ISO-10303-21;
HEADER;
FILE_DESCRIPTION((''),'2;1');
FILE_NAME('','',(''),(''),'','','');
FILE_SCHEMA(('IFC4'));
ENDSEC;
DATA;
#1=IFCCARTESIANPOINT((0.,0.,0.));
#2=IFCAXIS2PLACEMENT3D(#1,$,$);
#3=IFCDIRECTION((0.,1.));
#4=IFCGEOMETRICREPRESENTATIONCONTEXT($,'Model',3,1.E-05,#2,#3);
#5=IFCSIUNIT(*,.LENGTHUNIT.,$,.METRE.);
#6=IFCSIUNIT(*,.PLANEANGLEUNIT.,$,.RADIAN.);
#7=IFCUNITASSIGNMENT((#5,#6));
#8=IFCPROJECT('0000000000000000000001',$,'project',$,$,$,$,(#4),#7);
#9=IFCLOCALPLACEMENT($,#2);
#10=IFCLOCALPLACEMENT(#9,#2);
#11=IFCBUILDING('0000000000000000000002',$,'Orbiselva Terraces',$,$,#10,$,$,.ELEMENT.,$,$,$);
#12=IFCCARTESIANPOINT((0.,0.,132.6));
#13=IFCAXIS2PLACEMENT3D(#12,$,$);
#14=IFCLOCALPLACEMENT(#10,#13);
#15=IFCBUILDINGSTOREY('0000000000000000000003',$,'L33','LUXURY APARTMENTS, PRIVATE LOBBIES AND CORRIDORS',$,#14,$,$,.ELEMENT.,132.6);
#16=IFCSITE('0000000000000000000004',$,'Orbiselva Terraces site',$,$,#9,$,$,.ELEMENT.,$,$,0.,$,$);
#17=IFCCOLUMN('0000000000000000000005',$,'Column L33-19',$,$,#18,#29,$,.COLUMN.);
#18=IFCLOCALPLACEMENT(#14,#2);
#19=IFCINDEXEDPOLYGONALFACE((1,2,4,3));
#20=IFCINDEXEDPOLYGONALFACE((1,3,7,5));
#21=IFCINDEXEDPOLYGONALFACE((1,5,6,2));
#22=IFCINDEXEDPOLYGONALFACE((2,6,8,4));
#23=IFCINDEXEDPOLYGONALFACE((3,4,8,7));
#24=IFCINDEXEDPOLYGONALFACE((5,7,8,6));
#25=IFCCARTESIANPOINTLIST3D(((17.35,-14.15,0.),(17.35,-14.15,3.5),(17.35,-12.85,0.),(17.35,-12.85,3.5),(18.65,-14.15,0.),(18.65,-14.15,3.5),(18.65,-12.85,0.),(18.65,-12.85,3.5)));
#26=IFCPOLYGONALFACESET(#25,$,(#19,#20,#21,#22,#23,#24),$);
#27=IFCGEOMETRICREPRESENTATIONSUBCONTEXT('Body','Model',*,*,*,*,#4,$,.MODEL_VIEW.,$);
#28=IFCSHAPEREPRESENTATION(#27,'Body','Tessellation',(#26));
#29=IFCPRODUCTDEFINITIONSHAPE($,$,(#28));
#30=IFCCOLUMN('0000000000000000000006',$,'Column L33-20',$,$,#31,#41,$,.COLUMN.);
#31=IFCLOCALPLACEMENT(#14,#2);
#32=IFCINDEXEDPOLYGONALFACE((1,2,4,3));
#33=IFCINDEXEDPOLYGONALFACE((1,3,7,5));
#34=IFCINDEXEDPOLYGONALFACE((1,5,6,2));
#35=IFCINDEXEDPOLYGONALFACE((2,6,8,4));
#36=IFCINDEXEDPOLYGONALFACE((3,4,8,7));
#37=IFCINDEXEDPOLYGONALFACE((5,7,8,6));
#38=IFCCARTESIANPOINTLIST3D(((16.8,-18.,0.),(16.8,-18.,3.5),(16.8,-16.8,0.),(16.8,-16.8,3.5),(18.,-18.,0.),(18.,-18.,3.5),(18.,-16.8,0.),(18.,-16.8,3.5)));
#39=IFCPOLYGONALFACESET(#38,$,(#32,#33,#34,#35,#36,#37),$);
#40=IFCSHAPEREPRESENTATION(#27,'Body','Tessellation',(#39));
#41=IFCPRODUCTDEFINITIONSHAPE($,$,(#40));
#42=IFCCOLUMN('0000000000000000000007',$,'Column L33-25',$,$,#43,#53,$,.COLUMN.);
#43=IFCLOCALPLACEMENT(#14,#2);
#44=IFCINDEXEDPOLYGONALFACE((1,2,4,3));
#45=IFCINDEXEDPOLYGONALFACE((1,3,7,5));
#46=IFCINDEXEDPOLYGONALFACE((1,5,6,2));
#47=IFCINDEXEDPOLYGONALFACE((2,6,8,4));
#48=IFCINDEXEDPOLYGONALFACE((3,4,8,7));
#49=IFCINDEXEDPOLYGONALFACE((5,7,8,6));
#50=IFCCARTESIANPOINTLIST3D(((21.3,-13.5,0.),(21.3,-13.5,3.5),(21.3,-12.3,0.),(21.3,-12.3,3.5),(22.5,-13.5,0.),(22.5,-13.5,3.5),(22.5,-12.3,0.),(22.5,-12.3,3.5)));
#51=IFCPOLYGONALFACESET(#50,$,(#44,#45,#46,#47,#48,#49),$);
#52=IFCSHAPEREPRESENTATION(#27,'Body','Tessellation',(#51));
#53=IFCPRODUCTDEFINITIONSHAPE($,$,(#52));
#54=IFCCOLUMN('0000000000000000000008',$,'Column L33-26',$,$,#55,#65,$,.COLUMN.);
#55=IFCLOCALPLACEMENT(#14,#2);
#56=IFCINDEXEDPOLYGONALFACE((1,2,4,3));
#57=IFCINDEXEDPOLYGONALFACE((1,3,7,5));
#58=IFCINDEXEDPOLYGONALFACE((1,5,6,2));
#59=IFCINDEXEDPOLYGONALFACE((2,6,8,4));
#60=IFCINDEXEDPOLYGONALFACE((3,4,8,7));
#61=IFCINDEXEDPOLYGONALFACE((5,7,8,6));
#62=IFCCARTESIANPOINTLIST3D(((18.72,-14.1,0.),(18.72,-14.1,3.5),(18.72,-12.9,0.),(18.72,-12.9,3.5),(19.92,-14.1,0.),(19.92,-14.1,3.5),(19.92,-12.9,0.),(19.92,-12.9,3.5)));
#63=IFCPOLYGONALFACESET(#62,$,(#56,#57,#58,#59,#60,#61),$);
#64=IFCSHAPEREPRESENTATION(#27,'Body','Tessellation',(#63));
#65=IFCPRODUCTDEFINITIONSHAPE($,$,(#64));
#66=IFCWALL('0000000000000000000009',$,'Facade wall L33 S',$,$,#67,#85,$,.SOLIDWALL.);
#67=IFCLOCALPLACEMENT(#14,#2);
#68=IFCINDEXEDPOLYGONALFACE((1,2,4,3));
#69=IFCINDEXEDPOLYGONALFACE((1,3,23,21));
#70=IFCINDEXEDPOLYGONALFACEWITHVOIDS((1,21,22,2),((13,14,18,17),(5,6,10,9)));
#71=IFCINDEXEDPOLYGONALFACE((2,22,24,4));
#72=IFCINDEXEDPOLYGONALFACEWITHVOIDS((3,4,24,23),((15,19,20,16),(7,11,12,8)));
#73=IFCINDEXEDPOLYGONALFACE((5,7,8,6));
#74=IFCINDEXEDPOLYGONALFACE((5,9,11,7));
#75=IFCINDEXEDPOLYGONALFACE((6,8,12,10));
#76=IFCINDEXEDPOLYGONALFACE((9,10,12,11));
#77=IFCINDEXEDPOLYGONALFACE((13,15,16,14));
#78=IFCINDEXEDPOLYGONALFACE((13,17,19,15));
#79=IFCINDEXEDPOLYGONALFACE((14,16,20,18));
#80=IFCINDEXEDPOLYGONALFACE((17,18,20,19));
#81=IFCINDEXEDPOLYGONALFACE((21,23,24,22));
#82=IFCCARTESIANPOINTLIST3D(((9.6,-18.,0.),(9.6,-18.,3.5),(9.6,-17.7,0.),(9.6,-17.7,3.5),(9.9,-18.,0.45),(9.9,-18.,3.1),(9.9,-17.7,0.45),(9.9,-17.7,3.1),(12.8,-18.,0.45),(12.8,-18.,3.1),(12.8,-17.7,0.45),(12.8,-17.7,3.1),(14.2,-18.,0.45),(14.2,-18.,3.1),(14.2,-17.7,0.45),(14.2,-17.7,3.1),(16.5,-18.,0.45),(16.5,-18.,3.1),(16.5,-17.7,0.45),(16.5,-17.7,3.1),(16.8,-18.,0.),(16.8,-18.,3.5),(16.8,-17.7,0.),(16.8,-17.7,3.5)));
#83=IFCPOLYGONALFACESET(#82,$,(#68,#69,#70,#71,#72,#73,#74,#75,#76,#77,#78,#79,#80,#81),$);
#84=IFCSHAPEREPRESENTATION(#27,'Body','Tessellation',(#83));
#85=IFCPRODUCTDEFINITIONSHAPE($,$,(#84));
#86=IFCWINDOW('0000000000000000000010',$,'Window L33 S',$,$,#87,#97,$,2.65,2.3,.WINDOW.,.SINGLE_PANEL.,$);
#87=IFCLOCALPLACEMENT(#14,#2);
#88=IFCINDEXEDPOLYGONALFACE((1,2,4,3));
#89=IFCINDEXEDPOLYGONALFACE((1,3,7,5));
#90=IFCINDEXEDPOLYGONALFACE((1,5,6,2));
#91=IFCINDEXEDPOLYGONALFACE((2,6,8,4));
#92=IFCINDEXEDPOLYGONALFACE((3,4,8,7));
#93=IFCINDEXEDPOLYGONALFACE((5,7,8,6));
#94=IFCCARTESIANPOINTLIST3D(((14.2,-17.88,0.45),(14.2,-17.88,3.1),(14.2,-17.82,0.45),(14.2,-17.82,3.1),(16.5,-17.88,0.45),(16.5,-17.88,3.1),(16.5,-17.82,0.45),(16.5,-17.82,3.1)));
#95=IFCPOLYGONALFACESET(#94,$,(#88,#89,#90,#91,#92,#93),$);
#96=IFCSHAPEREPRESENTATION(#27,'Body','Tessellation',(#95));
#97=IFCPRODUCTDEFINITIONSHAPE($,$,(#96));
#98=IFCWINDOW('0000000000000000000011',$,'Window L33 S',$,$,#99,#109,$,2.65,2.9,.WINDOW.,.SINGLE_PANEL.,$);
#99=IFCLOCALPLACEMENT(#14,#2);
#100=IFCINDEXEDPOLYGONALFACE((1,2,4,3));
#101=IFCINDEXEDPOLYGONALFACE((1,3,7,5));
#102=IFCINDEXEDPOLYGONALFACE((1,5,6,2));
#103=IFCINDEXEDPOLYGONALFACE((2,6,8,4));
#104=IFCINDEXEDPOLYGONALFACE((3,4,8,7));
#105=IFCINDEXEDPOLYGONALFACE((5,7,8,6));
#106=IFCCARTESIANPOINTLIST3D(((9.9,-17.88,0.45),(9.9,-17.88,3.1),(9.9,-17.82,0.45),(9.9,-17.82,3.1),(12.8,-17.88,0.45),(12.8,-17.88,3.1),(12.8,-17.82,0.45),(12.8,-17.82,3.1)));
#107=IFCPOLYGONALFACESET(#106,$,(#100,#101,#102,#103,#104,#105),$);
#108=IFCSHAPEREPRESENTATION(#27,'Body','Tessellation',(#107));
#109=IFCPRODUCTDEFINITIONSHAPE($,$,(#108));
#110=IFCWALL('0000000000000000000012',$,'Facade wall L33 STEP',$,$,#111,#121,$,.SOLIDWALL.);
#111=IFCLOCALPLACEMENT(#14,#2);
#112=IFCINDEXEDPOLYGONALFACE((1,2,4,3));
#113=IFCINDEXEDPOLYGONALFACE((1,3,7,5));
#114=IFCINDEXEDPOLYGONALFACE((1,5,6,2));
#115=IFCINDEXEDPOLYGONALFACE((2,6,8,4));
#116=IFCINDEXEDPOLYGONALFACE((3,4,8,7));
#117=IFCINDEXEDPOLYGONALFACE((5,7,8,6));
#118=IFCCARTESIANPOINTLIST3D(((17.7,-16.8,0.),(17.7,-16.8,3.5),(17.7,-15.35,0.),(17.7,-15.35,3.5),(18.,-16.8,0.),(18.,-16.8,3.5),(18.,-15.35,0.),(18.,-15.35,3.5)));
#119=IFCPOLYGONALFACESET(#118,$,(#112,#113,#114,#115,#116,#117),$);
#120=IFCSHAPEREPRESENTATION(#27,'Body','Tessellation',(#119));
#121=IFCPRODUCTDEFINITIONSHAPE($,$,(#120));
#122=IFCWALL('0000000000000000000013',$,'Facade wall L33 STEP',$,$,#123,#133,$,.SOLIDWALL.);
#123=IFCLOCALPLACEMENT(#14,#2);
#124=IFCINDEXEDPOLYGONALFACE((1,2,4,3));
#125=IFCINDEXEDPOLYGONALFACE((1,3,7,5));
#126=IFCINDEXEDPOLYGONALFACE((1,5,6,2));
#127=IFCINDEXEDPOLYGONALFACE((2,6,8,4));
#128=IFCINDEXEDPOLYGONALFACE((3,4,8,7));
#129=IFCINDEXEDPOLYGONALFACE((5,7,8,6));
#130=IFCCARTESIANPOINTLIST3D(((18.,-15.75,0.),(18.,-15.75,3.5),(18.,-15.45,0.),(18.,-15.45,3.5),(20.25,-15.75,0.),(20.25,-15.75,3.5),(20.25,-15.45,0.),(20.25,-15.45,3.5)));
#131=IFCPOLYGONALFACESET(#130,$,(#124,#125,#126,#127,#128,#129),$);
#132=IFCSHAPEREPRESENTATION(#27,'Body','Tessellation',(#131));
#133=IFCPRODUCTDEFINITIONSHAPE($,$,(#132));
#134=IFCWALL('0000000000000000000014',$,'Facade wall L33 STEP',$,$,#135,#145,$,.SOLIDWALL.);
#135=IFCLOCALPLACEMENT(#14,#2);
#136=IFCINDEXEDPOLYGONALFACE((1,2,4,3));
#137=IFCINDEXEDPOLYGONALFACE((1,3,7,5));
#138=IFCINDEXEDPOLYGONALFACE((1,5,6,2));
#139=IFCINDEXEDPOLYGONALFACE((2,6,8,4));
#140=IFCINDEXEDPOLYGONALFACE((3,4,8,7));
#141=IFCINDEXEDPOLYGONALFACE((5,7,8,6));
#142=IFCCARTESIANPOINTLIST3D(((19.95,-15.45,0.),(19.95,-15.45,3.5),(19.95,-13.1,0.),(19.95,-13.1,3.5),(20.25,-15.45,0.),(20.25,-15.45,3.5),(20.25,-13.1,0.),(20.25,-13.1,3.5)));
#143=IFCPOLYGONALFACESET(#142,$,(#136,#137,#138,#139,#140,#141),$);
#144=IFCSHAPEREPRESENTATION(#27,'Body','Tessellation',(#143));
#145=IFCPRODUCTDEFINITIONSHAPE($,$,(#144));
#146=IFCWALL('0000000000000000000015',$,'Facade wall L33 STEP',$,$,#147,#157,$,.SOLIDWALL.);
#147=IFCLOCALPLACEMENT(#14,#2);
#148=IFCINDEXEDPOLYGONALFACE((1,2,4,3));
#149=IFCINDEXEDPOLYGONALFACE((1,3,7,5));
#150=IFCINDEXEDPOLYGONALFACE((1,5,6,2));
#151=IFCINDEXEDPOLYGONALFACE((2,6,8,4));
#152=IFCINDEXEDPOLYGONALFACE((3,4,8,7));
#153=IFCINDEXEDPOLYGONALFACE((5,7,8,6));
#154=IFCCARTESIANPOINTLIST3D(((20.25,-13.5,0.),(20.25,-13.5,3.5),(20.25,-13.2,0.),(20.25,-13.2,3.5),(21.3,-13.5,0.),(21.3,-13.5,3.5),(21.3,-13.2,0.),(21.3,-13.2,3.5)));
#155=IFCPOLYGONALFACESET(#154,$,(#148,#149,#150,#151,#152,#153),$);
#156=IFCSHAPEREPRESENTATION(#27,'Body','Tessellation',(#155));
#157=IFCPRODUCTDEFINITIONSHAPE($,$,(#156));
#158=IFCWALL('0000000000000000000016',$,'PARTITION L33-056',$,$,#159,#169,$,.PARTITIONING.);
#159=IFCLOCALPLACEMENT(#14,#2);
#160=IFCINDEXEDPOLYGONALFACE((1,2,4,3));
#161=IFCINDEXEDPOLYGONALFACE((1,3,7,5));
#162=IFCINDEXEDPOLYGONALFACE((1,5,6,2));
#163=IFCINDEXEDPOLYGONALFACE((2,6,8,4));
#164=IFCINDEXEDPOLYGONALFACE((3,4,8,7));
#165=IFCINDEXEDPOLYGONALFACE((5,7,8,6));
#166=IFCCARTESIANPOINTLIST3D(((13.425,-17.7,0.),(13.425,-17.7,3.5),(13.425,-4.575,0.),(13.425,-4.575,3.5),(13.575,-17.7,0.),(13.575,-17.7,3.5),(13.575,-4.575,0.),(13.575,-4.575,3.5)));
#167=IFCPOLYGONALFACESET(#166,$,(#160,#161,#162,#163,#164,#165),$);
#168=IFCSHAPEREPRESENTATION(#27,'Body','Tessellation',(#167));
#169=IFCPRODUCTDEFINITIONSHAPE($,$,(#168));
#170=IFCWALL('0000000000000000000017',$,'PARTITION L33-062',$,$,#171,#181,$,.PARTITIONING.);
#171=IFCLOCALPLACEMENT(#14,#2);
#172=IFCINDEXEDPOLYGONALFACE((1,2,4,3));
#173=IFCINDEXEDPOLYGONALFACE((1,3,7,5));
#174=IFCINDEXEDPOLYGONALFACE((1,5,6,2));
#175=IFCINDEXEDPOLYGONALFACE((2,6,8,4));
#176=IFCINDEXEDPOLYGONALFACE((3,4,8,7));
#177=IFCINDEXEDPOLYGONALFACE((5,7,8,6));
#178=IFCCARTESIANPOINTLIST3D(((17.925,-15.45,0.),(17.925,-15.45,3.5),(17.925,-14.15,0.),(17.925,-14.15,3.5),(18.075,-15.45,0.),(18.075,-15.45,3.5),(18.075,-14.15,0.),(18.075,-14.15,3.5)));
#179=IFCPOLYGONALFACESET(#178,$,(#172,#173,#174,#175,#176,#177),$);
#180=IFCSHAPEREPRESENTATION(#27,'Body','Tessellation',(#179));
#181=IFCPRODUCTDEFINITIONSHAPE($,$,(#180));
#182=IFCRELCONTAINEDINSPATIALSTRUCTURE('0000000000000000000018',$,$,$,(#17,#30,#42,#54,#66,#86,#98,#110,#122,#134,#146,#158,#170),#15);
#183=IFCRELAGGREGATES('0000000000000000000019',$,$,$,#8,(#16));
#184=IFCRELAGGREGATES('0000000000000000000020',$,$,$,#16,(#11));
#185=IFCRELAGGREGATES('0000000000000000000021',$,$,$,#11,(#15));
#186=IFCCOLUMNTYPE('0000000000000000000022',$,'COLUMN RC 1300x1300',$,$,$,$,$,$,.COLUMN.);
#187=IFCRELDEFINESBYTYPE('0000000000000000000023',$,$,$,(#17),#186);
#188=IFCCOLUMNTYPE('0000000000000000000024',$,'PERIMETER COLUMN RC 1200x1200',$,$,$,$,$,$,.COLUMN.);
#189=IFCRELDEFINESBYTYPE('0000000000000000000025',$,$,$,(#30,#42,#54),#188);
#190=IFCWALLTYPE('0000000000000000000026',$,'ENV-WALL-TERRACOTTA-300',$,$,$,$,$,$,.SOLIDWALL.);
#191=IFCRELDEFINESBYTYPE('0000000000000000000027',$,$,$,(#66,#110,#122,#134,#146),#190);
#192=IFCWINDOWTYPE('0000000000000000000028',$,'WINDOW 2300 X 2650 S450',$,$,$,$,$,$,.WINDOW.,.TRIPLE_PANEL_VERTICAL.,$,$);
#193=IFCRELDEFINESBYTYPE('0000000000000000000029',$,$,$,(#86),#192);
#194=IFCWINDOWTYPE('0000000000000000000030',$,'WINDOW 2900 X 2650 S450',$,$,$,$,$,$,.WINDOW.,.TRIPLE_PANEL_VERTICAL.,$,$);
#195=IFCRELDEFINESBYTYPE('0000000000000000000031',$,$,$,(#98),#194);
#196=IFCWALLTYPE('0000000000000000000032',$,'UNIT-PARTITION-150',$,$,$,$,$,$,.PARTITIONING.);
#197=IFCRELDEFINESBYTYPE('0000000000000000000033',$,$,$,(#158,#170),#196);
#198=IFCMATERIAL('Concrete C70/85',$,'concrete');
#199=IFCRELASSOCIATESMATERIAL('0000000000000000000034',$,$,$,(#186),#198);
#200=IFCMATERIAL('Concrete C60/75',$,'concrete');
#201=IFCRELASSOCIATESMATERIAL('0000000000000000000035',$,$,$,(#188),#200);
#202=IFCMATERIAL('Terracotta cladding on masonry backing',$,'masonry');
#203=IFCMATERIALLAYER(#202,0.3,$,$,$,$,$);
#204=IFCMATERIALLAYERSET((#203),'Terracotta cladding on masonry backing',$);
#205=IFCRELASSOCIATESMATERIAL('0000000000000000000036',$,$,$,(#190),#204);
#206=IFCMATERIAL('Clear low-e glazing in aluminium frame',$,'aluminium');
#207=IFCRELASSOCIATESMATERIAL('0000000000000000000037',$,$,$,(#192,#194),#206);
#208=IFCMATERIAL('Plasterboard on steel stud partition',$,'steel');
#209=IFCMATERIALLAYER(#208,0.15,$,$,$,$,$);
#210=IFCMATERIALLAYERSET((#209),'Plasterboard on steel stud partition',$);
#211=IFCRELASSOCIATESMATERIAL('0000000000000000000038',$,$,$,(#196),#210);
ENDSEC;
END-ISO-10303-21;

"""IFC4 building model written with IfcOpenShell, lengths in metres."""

from ifc_helpers import new_model, si_unit, direction, frame, frame_2d, origin, origin_2d, place, context, subcontext, project, spatial, rectangle, extrude, material, layer, layer_set, material_profile, profile_set, type_object, element, fill, save


model = new_model("IFC4")

# Units and contexts
model_context = context("Model", 3, precision=1e-05, world=origin(), true_north=direction((0.0, 1.0)))
body_context = subcontext(model_context, "Body", "Model", "MODEL_VIEW")
ifc_project = project(units=[si_unit("LENGTHUNIT", "METRE"), si_unit("PLANEANGLEUNIT", "RADIAN")], contexts=[model_context])

# Site, building, storey
site_placement = place(None, origin())
site = spatial("IfcSite", under=ifc_project, at=site_placement, Name="Orbiselva Terraces site", CompositionType="ELEMENT", RefElevation=0.0)
building_placement = place(site_placement, origin())
building = spatial("IfcBuilding", under=site, at=building_placement, Name="Orbiselva Terraces", CompositionType="ELEMENT")
storey_placement = place(building_placement, frame((0.0, 0.0, 132.6)))
storey = spatial("IfcBuildingStorey", under=building, at=storey_placement, Name="L33", Description="LUXURY APARTMENTS, PRIVATE LOBBIES AND CORRIDORS", CompositionType="ELEMENT", Elevation=132.6)

# Columns
ifc_material_1 = material(Name="Concrete C70/85", Category="concrete")
ifc_material_profile_1 = material_profile(ifc_material_1, rectangle(XDim=1.3, YDim=1.3, at=origin_2d()), Name="RC 1300x1300")
ifc_profile_set_1 = profile_set([ifc_material_profile_1], Name="Concrete C70/85")
column_type_1 = type_object("IfcColumnType", Name="COLUMN RC 1300x1300", PredefinedType="COLUMN", material=ifc_profile_set_1)
column_placement = place(storey_placement, frame((18.0, -13.5, 0.0), z_axis=(0.0, 0.0, 1.0), x_axis=(1.0, 0.0, 0.0)))
element("IfcColumn", 1, at=column_placement, inside=storey, type_object=column_type_1, Name="Column L33-19", PredefinedType="COLUMN", context=body_context, shape_type="SweptSolid", body=[
    extrude(rectangle(XDim=1.3, YDim=1.3, at=origin_2d()), origin(), (0.0, 0.0, 1.0), 3.5),
])
ifc_material_2 = material(Name="Concrete C60/75", Category="concrete")
ifc_material_profile_2 = material_profile(ifc_material_2, rectangle(XDim=1.2, YDim=1.2, at=origin_2d()), Name="RC 1200x1200")
ifc_profile_set_2 = profile_set([ifc_material_profile_2], Name="Concrete C60/75")
column_type_2 = type_object("IfcColumnType", Name="PERIMETER COLUMN RC 1200x1200", PredefinedType="COLUMN", material=ifc_profile_set_2)
for number, where, z_axis, x_axis, name in (
    (2, (17.4, -17.4, 0.0), (0.0, 0.0, 1.0), (1.0, 0.0, 0.0), "Column L33-20"),
    (3, (21.9, -12.9, 0.0), (0.0, 0.0, 1.0), (1.0, 0.0, 0.0), "Column L33-25"),
    (4, (19.32, -13.5, 0.0), (0.0, 0.0, 1.0), (1.0, 0.0, 0.0), "Column L33-26"),
):
    element("IfcColumn", number, at=place(storey_placement, frame(where, z_axis=z_axis, x_axis=x_axis)), inside=storey, type_object=column_type_2, Name=name, PredefinedType="COLUMN", context=body_context, shape_type="SweptSolid", body=[
        extrude(rectangle(XDim=1.2, YDim=1.2, at=origin_2d()), origin(), (0.0, 0.0, 1.0), 3.5),
    ])

# Wall, openings, windows
ifc_material_3 = material(Name="Terracotta cladding on masonry backing", Category="masonry")
ifc_layer_1 = layer(ifc_material_3, 0.3)
ifc_layer_set_1 = layer_set([ifc_layer_1], Name="Terracotta cladding on masonry backing")
wall_type_1 = type_object("IfcWallType", Name="ENV-WALL-TERRACOTTA-300", PredefinedType="SOLIDWALL", material=ifc_layer_set_1)
wall_1_placement = place(storey_placement, frame((16.8, -17.85, 0.0), z_axis=(0.0, 0.0, 1.0), x_axis=(-1.0, 0.0, 0.0)))
wall_1 = element("IfcWall", 5, at=wall_1_placement, inside=storey, type_object=wall_type_1, Name="Facade wall L33 S", PredefinedType="SOLIDWALL", context=body_context, shape_type="SweptSolid", body=[
    extrude(rectangle(XDim=7.2, YDim=0.3, at=frame_2d((3.6, 0.0))), origin(), (0.0, 0.0, 1.0), 3.5),
])
opening_1_placement = place(wall_1_placement, frame((4.0, 0.0, 0.45)))
opening_1 = element("IfcOpeningElement", 6, at=opening_1_placement, cuts=wall_1, PredefinedType="OPENING", context=body_context, shape_type="SweptSolid", body=[
    extrude(rectangle(XDim=2.9, YDim=2.65, at=frame_2d((1.45, 1.325))), frame((0.0, 0.16, 0.0), z_axis=(0.0, -1.0, 0.0), x_axis=(1.0, 0.0, 0.0)), (0.0, 0.0, 1.0), 0.32),
])
opening_2_placement = place(wall_1_placement, frame((0.3, 0.0, 0.45)))
opening_2 = element("IfcOpeningElement", 7, at=opening_2_placement, cuts=wall_1, PredefinedType="OPENING", context=body_context, shape_type="SweptSolid", body=[
    extrude(rectangle(XDim=2.3, YDim=2.65, at=frame_2d((1.15, 1.325))), frame((0.0, 0.16, 0.0), z_axis=(0.0, -1.0, 0.0), x_axis=(1.0, 0.0, 0.0)), (0.0, 0.0, 1.0), 0.32),
])
ifc_material_4 = material(Name="Clear low-e glazing in aluminium frame", Category="aluminium")
window_type_1 = type_object("IfcWindowType", Name="WINDOW 2300 X 2650 S450", PartitioningType="TRIPLE_PANEL_VERTICAL", PredefinedType="WINDOW", material=ifc_material_4)
window_1_placement = place(opening_2_placement, origin())
window_1 = element("IfcWindow", 8, at=window_1_placement, inside=storey, type_object=window_type_1, Name="Window L33 S", OverallHeight=2.65, OverallWidth=2.3, PartitioningType="SINGLE_PANEL", PredefinedType="WINDOW", context=body_context, shape_type="SweptSolid", body=[
    extrude(rectangle(XDim=2.3, YDim=2.65, at=frame_2d((1.15, 1.325))), frame((0.0, 0.03, 0.0), z_axis=(0.0, -1.0, 0.0), x_axis=(1.0, 0.0, 0.0)), (0.0, 0.0, 1.0), 0.06),
])
fill(opening_2, window_1)
window_type_2 = type_object("IfcWindowType", Name="WINDOW 2900 X 2650 S450", PartitioningType="TRIPLE_PANEL_VERTICAL", PredefinedType="WINDOW", material=ifc_material_4)
window_2_placement = place(opening_1_placement, origin())
window_2 = element("IfcWindow", 9, at=window_2_placement, inside=storey, type_object=window_type_2, Name="Window L33 S", OverallHeight=2.65, OverallWidth=2.9, PartitioningType="SINGLE_PANEL", PredefinedType="WINDOW", context=body_context, shape_type="SweptSolid", body=[
    extrude(rectangle(XDim=2.9, YDim=2.65, at=frame_2d((1.45, 1.325))), frame((0.0, 0.03, 0.0), z_axis=(0.0, -1.0, 0.0), x_axis=(1.0, 0.0, 0.0)), (0.0, 0.0, 1.0), 0.06),
])
fill(opening_1, window_2)

# Walls
wall_2_placement = place(storey_placement, frame((17.85, -15.35, 0.0), z_axis=(0.0, 0.0, 1.0), x_axis=(0.0, -1.0, 0.0)))
element("IfcWall", 10, at=wall_2_placement, inside=storey, type_object=wall_type_1, Name="Facade wall L33 STEP", PredefinedType="SOLIDWALL", context=body_context, shape_type="SweptSolid", body=[
    extrude(rectangle(XDim=1.45, YDim=0.3, at=frame_2d((0.725, 0.0))), origin(), (0.0, 0.0, 1.0), 3.5),
])
wall_3_placement = place(storey_placement, frame((20.25, -15.6, 0.0), z_axis=(0.0, 0.0, 1.0), x_axis=(-1.0, 0.0, 0.0)))
element("IfcWall", 11, at=wall_3_placement, inside=storey, type_object=wall_type_1, Name="Facade wall L33 STEP", PredefinedType="SOLIDWALL", context=body_context, shape_type="SweptSolid", body=[
    extrude(rectangle(XDim=2.25, YDim=0.3, at=frame_2d((1.125, 0.0))), origin(), (0.0, 0.0, 1.0), 3.5),
])
wall_4_placement = place(storey_placement, frame((20.1, -13.1, 0.0), z_axis=(0.0, 0.0, 1.0), x_axis=(0.0, -1.0, 0.0)))
element("IfcWall", 12, at=wall_4_placement, inside=storey, type_object=wall_type_1, Name="Facade wall L33 STEP", PredefinedType="SOLIDWALL", context=body_context, shape_type="SweptSolid", body=[
    extrude(rectangle(XDim=2.35, YDim=0.3, at=frame_2d((1.175, 0.0))), origin(), (0.0, 0.0, 1.0), 3.5),
])
wall_5_placement = place(storey_placement, frame((21.3, -13.35, 0.0), z_axis=(0.0, 0.0, 1.0), x_axis=(-1.0, 0.0, 0.0)))
element("IfcWall", 13, at=wall_5_placement, inside=storey, type_object=wall_type_1, Name="Facade wall L33 STEP", PredefinedType="SOLIDWALL", context=body_context, shape_type="SweptSolid", body=[
    extrude(rectangle(XDim=1.05, YDim=0.3, at=frame_2d((0.525, 0.0))), origin(), (0.0, 0.0, 1.0), 3.5),
])
ifc_material_5 = material(Name="Plasterboard on steel stud partition", Category="steel")
ifc_layer_2 = layer(ifc_material_5, 0.15)
ifc_layer_set_2 = layer_set([ifc_layer_2], Name="Plasterboard on steel stud partition")
wall_type_2 = type_object("IfcWallType", Name="UNIT-PARTITION-150", PredefinedType="PARTITIONING", material=ifc_layer_set_2)
wall_6_placement = place(storey_placement, frame((13.5, -17.7, 0.0), z_axis=(0.0, 0.0, 1.0), x_axis=(0.0, 1.0, 0.0)))
element("IfcWall", 14, at=wall_6_placement, inside=storey, type_object=wall_type_2, Name="PARTITION L33-056", PredefinedType="PARTITIONING", context=body_context, shape_type="SweptSolid", body=[
    extrude(rectangle(XDim=13.125, YDim=0.15, at=frame_2d((6.5625, 0.0))), origin(), (0.0, 0.0, 1.0), 3.5),
])
wall_7_placement = place(storey_placement, frame((18.0, -15.45, 0.0), z_axis=(0.0, 0.0, 1.0), x_axis=(0.0, 1.0, 0.0)))
element("IfcWall", 15, at=wall_7_placement, inside=storey, type_object=wall_type_2, Name="PARTITION L33-062", PredefinedType="PARTITIONING", context=body_context, shape_type="SweptSolid", body=[
    extrude(rectangle(XDim=1.3, YDim=0.15, at=frame_2d((0.65, 0.0))), origin(), (0.0, 0.0, 1.0), 3.5),
])

save(model, "model.ifc")
